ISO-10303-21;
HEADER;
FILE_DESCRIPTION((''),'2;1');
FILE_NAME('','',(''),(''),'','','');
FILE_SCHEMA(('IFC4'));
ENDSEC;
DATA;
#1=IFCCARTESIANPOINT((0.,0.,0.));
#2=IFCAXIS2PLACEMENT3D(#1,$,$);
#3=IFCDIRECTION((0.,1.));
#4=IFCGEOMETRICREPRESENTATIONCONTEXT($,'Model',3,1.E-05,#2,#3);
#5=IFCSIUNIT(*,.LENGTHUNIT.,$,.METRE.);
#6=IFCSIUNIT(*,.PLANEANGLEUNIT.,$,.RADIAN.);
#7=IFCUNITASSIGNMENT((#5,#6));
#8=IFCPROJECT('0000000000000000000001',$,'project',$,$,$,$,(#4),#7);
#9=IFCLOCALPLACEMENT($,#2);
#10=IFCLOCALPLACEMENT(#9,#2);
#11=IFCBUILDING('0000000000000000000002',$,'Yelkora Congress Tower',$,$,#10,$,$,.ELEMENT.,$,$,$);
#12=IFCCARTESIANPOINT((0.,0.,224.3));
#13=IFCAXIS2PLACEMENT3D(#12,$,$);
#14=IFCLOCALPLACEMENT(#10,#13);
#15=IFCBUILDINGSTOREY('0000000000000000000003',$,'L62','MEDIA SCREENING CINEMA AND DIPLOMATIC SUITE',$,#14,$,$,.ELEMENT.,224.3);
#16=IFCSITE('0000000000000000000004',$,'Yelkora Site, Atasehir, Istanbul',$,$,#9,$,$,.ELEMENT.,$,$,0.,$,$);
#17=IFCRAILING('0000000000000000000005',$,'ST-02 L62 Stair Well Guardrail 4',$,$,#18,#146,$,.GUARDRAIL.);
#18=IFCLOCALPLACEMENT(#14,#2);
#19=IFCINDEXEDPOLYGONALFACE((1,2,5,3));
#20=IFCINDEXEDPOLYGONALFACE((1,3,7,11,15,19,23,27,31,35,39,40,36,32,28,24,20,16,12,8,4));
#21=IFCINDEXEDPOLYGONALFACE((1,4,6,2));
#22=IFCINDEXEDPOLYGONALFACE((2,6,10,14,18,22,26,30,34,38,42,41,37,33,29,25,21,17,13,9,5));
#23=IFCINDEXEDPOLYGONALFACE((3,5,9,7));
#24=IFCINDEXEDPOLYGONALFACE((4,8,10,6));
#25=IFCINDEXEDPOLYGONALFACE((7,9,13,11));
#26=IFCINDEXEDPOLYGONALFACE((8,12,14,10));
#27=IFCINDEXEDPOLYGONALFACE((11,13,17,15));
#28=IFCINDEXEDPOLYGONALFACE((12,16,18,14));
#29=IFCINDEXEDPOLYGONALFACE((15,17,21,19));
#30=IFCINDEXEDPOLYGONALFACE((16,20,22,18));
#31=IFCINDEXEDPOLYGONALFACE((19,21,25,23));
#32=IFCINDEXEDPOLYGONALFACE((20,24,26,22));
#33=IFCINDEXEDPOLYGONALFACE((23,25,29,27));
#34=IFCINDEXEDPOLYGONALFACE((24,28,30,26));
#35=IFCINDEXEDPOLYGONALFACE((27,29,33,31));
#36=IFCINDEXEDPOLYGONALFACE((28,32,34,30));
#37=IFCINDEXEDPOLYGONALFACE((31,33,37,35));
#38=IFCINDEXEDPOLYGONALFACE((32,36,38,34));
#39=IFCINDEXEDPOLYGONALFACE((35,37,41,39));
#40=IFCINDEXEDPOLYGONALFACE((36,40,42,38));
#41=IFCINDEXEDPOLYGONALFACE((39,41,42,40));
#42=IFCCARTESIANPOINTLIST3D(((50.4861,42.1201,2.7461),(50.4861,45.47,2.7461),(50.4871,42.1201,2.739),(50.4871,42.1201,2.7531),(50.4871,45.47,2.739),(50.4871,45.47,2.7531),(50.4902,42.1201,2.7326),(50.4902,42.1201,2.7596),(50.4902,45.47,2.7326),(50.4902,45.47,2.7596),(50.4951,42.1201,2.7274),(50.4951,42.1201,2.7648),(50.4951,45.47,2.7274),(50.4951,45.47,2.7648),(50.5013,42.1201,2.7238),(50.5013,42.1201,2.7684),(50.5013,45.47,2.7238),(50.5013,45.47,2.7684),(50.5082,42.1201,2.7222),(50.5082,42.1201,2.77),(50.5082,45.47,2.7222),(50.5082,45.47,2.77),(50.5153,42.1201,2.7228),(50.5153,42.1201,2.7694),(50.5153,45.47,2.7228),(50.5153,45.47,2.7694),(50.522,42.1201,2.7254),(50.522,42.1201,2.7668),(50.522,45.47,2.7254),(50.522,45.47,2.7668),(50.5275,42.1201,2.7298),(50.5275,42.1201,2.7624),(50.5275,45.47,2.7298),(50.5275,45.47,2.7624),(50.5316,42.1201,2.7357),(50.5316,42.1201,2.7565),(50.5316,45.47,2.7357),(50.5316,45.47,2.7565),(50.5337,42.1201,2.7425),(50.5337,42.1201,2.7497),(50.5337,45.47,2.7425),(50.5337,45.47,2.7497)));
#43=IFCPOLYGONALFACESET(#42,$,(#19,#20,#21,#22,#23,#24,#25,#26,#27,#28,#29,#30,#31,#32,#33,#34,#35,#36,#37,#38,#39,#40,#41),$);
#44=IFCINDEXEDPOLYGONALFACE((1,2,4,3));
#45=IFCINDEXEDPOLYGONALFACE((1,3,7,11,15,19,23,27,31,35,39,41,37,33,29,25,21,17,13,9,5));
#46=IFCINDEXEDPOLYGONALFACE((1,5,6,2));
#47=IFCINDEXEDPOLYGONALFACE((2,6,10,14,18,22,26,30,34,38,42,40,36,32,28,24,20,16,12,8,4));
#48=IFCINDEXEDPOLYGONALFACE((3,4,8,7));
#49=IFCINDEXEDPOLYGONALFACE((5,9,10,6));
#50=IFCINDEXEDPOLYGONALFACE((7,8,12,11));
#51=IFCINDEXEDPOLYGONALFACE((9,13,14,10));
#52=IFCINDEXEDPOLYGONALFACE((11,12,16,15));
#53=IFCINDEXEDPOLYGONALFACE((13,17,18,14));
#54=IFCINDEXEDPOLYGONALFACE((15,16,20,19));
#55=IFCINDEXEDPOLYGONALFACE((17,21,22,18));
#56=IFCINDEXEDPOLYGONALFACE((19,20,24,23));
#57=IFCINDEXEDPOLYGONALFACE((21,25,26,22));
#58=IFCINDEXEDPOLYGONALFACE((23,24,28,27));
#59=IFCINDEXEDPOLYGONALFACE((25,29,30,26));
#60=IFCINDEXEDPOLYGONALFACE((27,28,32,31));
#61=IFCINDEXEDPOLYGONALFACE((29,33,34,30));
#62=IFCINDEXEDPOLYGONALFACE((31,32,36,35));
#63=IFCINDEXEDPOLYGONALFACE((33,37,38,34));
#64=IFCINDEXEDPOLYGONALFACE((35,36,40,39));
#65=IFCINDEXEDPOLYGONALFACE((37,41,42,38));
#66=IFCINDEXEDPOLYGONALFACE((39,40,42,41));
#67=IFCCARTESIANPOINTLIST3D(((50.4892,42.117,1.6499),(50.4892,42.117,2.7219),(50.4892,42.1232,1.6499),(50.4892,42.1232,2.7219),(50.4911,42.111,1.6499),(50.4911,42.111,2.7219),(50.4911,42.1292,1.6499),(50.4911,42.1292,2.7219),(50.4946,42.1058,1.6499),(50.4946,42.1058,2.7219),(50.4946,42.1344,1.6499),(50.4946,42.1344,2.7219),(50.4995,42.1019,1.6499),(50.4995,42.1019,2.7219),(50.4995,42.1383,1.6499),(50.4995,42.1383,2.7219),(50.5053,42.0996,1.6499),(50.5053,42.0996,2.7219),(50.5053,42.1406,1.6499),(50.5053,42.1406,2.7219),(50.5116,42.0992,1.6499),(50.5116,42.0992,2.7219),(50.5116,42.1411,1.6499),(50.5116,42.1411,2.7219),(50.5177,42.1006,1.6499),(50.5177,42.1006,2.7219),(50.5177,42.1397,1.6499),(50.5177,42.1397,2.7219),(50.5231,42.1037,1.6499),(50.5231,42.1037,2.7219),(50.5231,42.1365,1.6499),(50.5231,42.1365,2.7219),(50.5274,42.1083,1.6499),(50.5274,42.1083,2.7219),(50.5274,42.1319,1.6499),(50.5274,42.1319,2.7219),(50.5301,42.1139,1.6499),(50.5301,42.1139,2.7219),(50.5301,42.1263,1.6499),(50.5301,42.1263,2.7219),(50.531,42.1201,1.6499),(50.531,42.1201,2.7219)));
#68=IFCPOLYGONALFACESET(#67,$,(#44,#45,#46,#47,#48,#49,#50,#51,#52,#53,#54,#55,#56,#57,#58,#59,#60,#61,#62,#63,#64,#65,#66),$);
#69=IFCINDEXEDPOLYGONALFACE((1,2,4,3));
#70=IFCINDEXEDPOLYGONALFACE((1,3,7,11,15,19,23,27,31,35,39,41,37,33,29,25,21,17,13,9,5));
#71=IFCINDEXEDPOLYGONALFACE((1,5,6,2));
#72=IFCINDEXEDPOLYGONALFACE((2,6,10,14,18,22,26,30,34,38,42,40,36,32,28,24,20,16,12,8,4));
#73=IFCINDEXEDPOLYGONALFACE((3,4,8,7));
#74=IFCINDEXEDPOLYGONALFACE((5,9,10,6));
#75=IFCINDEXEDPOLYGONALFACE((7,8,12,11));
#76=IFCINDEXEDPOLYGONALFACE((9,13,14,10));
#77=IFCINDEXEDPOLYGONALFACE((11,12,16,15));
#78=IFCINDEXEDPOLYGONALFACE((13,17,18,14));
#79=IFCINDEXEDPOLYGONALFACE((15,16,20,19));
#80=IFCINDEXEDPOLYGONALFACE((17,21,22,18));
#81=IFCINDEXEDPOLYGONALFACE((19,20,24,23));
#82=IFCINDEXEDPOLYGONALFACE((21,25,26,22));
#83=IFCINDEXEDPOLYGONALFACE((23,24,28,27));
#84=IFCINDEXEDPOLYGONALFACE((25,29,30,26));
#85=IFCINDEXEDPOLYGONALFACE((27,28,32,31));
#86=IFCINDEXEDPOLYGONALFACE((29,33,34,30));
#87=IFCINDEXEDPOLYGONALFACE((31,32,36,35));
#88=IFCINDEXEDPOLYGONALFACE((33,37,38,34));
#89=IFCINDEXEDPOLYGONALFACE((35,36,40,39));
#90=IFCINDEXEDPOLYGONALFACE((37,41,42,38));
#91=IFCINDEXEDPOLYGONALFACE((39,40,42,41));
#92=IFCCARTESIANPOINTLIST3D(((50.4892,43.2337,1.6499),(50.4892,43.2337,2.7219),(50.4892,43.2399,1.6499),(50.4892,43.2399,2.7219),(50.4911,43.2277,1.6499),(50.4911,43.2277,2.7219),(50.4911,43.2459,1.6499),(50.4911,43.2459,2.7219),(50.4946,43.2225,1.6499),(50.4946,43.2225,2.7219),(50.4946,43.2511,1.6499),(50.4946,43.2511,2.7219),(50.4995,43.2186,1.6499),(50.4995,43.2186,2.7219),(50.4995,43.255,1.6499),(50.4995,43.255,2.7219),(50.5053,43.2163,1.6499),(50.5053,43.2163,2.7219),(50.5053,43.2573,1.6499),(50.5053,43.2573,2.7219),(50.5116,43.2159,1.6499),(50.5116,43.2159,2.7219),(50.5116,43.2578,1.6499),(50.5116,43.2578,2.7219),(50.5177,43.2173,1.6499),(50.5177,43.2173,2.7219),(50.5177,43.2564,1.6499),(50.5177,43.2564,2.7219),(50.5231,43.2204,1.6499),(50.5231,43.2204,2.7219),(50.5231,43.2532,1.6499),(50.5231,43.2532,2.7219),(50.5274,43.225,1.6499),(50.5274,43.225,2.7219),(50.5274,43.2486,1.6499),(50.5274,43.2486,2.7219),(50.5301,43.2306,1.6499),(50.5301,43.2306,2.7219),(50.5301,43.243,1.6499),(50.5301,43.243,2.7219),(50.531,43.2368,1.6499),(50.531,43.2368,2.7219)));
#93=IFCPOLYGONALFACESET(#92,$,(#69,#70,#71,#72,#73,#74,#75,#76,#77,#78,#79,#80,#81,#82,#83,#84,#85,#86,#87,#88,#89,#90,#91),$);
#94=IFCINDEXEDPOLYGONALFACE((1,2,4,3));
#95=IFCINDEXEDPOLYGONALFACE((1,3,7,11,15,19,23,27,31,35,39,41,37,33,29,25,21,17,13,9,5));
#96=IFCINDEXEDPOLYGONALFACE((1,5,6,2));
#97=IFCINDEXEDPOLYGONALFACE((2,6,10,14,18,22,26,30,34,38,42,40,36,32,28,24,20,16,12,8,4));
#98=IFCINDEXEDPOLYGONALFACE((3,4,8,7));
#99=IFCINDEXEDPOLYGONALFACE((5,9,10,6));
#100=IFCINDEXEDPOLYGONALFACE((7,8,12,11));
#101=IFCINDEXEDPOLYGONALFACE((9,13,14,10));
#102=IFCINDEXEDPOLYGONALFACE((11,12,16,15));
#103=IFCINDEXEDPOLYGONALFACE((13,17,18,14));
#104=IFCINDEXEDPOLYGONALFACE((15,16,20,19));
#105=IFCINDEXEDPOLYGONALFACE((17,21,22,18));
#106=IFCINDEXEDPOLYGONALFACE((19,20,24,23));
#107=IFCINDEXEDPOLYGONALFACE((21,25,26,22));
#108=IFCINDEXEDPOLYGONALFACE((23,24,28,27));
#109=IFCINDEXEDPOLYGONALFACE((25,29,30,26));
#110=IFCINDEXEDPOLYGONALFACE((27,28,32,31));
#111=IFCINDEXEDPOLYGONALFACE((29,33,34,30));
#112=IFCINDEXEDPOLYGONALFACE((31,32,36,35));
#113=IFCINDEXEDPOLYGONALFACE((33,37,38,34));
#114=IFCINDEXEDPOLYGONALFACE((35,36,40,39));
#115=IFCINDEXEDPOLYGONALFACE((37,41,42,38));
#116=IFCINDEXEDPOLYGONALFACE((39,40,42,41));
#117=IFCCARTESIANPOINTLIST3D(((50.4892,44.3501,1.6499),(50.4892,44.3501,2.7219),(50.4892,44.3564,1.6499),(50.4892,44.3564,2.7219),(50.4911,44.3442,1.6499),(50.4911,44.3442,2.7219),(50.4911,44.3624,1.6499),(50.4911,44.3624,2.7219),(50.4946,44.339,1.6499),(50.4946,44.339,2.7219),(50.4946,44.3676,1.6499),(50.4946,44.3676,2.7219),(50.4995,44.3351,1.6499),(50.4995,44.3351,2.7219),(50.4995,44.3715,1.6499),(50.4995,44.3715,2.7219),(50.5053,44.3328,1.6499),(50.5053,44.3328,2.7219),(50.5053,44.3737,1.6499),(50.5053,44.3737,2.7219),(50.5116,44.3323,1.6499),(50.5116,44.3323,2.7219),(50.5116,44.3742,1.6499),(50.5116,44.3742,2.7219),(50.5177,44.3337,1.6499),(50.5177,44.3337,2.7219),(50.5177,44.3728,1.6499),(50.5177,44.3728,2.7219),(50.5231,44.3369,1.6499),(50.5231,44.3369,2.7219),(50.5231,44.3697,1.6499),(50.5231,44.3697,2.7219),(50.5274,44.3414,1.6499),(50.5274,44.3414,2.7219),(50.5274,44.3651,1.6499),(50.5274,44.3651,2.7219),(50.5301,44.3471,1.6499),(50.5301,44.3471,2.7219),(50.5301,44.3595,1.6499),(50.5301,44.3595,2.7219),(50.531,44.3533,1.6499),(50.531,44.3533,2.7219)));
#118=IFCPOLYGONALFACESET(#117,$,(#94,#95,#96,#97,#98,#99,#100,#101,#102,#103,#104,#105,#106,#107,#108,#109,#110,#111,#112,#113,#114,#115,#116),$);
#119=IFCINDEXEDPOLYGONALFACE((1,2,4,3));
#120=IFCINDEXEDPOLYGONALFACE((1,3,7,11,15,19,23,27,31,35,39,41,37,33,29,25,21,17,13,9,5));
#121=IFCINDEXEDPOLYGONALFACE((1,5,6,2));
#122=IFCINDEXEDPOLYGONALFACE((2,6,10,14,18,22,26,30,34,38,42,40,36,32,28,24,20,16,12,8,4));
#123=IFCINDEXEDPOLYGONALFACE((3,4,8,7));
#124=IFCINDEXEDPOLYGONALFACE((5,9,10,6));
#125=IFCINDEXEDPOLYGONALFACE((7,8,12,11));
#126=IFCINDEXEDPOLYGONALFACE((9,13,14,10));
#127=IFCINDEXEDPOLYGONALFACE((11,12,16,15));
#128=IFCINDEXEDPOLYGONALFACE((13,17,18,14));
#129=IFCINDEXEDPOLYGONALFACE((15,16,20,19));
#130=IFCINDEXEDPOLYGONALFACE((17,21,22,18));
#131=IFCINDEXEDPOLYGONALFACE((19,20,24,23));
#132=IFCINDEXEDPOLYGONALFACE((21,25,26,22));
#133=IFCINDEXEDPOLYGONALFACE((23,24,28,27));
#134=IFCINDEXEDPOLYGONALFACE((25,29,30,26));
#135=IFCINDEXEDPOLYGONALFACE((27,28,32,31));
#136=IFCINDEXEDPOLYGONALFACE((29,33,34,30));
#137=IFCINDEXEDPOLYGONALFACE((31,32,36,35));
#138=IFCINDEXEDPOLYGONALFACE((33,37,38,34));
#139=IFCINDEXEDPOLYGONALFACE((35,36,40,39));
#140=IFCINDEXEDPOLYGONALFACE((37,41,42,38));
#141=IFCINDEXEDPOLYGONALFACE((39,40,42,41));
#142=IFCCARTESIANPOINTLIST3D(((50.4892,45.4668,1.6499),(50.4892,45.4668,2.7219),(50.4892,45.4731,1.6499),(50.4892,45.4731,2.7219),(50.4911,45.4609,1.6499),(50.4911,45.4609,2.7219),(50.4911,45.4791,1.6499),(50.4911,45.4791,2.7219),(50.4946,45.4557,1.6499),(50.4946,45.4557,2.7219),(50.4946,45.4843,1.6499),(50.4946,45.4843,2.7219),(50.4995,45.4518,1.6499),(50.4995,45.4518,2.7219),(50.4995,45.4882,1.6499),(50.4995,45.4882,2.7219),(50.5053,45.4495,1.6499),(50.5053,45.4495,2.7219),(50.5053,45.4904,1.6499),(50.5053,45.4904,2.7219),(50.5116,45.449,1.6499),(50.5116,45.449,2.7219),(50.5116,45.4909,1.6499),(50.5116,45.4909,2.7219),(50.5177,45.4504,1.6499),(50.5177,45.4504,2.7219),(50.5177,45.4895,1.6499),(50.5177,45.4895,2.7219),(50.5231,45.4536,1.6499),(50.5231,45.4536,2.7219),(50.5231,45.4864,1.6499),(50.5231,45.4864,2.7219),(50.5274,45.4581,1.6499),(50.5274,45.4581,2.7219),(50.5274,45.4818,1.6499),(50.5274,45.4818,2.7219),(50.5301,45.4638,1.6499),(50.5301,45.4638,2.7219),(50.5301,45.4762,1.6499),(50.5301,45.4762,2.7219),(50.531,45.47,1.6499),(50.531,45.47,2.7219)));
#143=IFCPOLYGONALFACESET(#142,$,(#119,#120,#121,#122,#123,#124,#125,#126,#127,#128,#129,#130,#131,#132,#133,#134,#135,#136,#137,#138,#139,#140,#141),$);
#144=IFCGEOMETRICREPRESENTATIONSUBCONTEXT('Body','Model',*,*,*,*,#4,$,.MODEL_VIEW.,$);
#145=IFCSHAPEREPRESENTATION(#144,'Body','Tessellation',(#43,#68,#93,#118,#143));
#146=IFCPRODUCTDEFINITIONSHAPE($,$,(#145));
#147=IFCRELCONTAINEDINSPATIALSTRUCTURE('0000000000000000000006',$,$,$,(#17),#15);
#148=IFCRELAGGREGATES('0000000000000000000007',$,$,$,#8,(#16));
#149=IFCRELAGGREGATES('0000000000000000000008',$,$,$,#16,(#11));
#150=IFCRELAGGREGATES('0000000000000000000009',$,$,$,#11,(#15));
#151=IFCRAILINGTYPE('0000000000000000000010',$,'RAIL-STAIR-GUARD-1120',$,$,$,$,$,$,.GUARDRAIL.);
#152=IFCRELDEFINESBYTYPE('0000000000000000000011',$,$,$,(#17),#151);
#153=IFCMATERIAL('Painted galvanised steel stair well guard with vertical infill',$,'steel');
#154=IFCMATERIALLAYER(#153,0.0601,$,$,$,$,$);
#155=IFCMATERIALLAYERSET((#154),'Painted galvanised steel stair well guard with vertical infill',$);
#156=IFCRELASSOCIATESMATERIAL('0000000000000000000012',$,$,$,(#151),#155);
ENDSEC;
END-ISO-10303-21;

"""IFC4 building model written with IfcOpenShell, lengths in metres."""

from ifc_helpers import new_model, si_unit, direction, frame, origin, origin_2d, place, context, subcontext, project, spatial, circle, extrude, material, layer, layer_set, type_object, element, save


model = new_model("IFC4")

# Units and contexts
model_context = context("Model", 3, precision=1e-05, world=origin(), true_north=direction((0.0, 1.0)))
body_context = subcontext(model_context, "Body", "Model", "MODEL_VIEW")
ifc_project = project(units=[si_unit("LENGTHUNIT", "METRE"), si_unit("PLANEANGLEUNIT", "RADIAN")], contexts=[model_context])

# Site, building, storey
site_placement = place(None, origin())
site = spatial("IfcSite", under=ifc_project, at=site_placement, Name="Yelkora Site, Atasehir, Istanbul", CompositionType="ELEMENT", RefElevation=0.0)
building_placement = place(site_placement, origin())
building = spatial("IfcBuilding", under=site, at=building_placement, Name="Yelkora Congress Tower", CompositionType="ELEMENT")
storey_placement = place(building_placement, frame((0.0, 0.0, 224.3)))
storey = spatial("IfcBuildingStorey", under=building, at=storey_placement, Name="L62", Description="MEDIA SCREENING CINEMA AND DIPLOMATIC SUITE", CompositionType="ELEMENT", Elevation=224.3)

# Railing
ifc_material_1 = material(Name="Painted galvanised steel stair well guard with vertical infill", Category="steel")
ifc_layer_1 = layer(ifc_material_1, 0.0601)
ifc_layer_set_1 = layer_set([ifc_layer_1], Name="Painted galvanised steel stair well guard with vertical infill")
railing_type_1 = type_object("IfcRailingType", Name="RAIL-STAIR-GUARD-1120", PredefinedType="GUARDRAIL", material=ifc_layer_set_1)
railing_1_placement = place(storey_placement, frame((50.51, 42.1201, 1.6499)))
element("IfcRailing", 1, at=railing_1_placement, inside=storey, type_object=railing_type_1, Name="ST-02 L62 Stair Well Guardrail 4", PredefinedType="GUARDRAIL", context=body_context, shape_type="SweptSolid", body=[
    extrude(circle(Radius=0.0239, at=origin_2d()), frame((0.0, 0.0, 1.0962), z_axis=(0.0, 1.0, 0.0), x_axis=(-1.0, 0.0, 0.0)), (0.0, 0.0, 1.0), 3.3499),
    extrude(circle(Radius=0.021, at=origin_2d()), origin(), (0.0, 0.0, 1.0), 1.072),
    extrude(circle(Radius=0.021, at=origin_2d()), frame((0.0, 1.1167, 0.0)), (0.0, 0.0, 1.0), 1.072),
    extrude(circle(Radius=0.021, at=origin_2d()), frame((0.0, 2.2332, 0.0)), (0.0, 0.0, 1.0), 1.072),
    extrude(circle(Radius=0.021, at=origin_2d()), frame((0.0, 3.3499, 0.0)), (0.0, 0.0, 1.0), 1.072),
])

save(model, "model.ifc")
